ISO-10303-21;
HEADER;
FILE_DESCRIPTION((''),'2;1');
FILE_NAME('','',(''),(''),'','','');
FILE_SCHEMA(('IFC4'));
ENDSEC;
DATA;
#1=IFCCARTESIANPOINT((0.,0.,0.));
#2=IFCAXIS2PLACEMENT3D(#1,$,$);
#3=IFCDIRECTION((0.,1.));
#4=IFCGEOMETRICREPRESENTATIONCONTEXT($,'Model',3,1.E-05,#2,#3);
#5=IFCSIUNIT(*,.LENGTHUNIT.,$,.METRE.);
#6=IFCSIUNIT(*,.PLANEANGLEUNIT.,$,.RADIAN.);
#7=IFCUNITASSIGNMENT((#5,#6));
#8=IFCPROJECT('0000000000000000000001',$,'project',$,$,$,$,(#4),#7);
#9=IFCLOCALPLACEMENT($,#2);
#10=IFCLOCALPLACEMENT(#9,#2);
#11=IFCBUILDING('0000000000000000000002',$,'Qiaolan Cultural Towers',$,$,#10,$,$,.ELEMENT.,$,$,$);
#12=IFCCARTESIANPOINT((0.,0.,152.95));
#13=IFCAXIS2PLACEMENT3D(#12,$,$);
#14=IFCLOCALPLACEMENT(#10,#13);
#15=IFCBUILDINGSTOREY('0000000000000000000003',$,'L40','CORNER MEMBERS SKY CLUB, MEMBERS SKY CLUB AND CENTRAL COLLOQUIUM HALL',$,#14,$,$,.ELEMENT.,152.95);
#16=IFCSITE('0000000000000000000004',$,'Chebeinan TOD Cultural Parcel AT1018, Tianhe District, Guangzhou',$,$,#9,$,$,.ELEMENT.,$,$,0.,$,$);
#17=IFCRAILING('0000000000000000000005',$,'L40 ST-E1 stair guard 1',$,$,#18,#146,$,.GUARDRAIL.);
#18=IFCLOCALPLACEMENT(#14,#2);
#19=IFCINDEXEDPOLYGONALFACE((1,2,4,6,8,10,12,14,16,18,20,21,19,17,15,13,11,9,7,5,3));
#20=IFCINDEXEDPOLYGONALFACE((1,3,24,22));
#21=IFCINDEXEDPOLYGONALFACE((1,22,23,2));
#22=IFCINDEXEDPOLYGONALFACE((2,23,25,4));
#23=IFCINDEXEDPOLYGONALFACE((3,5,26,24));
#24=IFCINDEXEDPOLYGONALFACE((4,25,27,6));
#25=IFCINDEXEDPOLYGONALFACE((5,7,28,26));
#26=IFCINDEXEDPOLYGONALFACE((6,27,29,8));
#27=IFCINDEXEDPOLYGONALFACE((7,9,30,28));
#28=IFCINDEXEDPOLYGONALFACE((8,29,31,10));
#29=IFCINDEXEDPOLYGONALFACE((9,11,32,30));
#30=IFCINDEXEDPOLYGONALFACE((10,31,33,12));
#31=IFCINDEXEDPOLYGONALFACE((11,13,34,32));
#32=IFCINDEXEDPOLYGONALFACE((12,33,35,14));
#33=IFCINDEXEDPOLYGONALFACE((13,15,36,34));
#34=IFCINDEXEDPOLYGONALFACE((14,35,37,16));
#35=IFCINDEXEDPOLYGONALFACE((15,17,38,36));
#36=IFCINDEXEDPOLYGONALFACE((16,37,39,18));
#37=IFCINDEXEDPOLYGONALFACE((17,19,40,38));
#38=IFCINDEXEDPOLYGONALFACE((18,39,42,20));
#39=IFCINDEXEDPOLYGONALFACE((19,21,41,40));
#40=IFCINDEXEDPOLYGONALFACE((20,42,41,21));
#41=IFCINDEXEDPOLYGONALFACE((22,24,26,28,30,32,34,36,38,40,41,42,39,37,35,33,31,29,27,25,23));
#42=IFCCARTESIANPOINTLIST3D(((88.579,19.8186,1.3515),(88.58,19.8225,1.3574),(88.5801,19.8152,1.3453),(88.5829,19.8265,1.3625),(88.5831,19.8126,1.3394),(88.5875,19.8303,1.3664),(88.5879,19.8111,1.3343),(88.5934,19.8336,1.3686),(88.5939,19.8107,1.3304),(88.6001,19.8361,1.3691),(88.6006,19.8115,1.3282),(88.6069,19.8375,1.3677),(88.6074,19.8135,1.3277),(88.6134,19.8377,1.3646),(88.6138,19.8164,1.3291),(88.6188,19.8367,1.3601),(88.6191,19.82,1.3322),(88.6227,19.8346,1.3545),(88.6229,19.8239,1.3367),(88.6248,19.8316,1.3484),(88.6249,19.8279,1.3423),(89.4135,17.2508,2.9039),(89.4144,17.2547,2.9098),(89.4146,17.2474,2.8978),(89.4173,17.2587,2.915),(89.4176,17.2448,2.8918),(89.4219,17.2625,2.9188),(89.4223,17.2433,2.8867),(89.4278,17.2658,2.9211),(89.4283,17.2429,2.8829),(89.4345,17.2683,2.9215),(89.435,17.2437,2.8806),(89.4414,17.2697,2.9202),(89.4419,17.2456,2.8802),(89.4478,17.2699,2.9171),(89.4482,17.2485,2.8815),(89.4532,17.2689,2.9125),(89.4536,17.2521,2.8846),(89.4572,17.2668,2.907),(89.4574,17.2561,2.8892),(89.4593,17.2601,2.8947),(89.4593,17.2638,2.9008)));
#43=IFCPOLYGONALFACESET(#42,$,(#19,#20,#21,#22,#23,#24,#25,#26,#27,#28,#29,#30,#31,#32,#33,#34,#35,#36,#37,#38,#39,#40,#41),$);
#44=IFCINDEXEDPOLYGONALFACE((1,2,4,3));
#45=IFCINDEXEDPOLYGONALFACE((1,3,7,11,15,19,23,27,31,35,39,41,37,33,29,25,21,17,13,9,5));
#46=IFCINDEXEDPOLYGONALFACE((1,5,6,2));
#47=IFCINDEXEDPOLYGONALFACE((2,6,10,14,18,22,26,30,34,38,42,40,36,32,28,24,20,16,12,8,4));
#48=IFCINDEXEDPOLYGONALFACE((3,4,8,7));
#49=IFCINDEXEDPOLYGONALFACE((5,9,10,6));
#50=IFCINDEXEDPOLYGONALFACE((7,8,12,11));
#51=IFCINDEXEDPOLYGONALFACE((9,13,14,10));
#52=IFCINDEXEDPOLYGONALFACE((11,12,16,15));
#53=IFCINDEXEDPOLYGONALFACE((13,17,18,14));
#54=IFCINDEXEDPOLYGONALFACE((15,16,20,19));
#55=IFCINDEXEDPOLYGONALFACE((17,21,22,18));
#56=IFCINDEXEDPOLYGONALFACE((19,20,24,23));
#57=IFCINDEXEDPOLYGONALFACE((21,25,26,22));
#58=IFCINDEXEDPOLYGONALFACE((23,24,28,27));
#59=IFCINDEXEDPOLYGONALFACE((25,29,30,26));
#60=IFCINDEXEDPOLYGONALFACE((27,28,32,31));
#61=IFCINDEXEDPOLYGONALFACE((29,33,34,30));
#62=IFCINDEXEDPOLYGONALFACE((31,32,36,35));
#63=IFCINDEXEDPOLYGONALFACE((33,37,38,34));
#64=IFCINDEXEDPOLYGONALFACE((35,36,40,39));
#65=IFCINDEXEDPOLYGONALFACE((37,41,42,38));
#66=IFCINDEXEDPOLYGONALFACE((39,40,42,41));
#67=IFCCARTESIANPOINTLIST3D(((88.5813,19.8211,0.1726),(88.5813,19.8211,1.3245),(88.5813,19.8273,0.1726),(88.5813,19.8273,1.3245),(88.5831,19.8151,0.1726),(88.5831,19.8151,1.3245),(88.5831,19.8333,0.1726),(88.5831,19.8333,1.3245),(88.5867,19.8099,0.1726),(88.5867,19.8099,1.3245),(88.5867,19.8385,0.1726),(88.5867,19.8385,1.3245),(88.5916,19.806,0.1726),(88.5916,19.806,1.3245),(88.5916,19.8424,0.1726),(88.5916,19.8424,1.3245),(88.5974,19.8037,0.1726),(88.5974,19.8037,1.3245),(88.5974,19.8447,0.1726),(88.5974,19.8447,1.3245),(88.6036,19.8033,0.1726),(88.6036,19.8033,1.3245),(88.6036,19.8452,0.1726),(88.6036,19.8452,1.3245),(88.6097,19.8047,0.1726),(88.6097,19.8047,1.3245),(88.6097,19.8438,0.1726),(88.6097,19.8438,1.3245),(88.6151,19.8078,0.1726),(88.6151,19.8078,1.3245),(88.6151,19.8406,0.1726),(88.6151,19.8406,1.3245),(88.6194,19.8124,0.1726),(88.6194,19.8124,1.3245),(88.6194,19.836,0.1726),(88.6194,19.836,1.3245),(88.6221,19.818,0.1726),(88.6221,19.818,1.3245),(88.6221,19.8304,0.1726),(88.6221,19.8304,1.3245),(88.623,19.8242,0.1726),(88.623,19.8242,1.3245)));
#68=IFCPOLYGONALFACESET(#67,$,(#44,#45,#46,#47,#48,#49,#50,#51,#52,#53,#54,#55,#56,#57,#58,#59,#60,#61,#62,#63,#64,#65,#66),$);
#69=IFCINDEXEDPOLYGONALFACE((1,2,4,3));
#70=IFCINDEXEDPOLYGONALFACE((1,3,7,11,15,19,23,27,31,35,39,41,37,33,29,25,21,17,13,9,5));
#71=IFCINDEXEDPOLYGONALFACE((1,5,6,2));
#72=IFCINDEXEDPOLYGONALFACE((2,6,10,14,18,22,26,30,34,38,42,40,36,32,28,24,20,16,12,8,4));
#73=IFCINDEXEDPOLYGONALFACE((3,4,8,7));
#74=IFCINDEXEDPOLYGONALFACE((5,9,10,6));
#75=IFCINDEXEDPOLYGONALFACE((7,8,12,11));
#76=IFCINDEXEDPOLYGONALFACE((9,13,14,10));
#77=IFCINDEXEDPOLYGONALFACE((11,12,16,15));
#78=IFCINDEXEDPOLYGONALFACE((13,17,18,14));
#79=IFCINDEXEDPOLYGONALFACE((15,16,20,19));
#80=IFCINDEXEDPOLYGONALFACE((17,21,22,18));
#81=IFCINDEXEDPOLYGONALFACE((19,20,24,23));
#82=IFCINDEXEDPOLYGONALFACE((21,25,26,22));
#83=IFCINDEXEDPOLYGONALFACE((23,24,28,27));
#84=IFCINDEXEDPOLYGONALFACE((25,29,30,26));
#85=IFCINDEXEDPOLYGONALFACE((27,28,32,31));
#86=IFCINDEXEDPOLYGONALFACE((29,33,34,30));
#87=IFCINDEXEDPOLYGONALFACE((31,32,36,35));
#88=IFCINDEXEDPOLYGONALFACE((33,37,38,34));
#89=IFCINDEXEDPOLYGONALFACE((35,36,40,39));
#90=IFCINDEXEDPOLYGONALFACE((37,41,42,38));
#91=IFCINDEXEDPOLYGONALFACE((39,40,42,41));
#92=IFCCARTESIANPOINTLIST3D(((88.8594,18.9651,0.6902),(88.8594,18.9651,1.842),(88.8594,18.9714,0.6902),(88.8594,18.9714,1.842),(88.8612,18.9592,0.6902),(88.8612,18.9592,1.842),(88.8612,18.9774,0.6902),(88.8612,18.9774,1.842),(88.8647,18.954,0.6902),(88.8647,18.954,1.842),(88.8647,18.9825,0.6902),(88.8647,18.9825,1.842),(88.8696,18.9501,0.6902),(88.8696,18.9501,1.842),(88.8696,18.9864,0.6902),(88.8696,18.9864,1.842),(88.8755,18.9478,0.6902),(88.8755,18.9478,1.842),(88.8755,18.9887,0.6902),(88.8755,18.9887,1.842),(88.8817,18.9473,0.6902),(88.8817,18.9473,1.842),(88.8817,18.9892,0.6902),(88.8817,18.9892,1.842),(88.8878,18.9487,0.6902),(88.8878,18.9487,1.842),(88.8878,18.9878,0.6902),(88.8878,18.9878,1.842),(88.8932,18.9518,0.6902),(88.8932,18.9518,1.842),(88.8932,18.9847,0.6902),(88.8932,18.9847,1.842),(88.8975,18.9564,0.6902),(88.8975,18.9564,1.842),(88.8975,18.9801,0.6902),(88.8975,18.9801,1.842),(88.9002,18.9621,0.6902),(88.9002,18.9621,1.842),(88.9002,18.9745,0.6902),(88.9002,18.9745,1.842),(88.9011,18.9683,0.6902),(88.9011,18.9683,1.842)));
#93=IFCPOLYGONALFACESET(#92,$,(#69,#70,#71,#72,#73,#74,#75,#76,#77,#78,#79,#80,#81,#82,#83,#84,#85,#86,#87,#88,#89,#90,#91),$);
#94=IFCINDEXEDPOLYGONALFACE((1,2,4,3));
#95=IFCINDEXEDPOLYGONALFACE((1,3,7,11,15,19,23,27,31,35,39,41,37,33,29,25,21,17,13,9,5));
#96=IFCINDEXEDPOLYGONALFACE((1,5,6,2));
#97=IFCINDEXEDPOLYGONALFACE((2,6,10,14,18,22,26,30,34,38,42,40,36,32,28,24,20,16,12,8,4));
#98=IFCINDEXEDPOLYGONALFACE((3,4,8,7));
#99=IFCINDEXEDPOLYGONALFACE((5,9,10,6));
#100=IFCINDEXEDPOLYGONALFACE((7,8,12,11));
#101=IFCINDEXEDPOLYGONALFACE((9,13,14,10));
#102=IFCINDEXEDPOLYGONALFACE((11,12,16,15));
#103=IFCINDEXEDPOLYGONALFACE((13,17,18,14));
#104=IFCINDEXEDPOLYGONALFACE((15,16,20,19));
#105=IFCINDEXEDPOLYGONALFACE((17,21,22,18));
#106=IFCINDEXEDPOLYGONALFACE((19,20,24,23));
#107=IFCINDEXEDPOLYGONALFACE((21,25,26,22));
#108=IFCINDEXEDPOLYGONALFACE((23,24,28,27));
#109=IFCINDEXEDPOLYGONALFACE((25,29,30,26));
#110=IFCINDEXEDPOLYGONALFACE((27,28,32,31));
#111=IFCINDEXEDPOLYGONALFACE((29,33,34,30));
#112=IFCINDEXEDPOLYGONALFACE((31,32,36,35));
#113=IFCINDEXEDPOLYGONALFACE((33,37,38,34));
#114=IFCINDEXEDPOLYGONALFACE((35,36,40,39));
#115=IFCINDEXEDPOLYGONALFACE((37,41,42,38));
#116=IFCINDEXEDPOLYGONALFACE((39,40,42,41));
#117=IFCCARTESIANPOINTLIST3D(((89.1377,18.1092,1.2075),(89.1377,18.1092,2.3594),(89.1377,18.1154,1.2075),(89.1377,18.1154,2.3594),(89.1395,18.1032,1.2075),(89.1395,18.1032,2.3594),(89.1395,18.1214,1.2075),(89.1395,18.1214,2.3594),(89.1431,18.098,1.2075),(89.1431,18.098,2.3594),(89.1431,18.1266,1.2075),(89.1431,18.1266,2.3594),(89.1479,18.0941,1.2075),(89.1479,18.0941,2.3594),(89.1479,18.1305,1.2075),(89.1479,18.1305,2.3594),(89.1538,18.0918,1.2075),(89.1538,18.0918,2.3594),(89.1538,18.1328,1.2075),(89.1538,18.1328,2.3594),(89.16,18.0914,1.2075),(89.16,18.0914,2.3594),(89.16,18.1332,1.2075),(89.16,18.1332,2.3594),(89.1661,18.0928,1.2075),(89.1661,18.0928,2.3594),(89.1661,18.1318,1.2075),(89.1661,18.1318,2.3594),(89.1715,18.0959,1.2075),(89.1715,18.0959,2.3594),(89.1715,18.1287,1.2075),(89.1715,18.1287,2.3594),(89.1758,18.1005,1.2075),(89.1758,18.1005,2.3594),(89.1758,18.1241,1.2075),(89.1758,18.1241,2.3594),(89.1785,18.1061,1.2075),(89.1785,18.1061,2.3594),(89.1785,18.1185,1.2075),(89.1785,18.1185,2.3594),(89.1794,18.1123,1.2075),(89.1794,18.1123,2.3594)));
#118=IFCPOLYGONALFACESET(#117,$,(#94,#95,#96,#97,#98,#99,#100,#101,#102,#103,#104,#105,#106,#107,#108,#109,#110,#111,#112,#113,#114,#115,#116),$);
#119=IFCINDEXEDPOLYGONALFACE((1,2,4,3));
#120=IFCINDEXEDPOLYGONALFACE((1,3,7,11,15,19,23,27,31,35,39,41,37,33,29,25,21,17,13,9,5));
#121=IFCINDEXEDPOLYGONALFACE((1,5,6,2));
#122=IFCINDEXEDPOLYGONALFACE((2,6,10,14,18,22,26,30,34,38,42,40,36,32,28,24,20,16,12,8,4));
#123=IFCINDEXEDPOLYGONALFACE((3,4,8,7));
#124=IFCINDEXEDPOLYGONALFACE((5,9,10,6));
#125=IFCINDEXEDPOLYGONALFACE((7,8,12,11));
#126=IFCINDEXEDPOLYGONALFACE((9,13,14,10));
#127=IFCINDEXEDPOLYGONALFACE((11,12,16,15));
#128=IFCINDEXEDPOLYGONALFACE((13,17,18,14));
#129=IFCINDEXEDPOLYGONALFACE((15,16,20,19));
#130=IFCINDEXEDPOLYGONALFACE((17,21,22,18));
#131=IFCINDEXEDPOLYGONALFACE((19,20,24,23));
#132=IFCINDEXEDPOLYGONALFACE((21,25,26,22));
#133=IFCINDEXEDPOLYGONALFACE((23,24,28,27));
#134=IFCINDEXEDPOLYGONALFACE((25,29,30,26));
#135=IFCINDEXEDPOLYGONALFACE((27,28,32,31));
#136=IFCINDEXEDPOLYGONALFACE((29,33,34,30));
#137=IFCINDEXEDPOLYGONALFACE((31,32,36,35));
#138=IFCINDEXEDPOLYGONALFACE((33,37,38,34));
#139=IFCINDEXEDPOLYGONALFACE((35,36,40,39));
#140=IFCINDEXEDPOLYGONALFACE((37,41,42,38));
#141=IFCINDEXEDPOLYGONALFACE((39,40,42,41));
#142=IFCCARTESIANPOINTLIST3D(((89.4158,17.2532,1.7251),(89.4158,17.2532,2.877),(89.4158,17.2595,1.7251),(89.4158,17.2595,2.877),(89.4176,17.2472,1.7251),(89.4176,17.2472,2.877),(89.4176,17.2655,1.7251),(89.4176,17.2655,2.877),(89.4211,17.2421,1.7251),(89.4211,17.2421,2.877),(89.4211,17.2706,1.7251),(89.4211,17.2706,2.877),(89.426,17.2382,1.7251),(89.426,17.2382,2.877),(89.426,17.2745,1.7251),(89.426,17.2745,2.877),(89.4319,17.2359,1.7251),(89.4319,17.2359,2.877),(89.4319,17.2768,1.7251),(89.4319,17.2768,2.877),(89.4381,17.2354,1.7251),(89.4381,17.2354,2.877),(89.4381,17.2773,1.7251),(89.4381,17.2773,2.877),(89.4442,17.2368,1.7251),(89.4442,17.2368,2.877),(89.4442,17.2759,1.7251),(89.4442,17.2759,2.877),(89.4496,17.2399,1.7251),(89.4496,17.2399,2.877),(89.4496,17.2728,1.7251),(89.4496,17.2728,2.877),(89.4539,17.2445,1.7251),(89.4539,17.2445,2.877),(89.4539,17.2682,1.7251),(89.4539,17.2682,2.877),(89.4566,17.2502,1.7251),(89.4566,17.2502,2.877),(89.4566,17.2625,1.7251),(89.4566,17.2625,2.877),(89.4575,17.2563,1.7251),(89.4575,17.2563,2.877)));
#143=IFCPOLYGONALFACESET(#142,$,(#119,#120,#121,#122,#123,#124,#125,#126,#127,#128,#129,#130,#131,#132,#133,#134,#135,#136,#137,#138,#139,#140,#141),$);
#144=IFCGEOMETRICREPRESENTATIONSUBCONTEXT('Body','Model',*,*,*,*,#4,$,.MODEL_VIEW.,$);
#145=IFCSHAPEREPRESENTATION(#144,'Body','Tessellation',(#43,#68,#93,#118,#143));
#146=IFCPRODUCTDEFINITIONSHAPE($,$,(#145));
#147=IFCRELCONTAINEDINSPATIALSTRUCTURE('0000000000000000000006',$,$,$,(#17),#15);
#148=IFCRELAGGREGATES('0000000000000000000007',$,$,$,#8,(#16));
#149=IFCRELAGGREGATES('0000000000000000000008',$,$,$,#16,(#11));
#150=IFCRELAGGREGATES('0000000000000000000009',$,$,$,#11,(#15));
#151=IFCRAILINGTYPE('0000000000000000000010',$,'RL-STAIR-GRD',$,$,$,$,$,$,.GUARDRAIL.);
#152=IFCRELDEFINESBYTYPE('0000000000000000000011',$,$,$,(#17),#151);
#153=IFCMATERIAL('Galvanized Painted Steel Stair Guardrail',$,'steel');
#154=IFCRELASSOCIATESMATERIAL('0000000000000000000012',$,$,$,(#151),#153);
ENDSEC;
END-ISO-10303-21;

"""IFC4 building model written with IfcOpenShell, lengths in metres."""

from ifc_helpers import new_model, si_unit, direction, frame, origin, origin_2d, place, context, subcontext, project, spatial, circle, extrude, material, type_object, element, save


model = new_model("IFC4")

# Units and contexts
model_context = context("Model", 3, precision=1e-05, world=origin(), true_north=direction((0.0, 1.0)))
body_context = subcontext(model_context, "Body", "Model", "MODEL_VIEW")
ifc_project = project(units=[si_unit("LENGTHUNIT", "METRE"), si_unit("PLANEANGLEUNIT", "RADIAN")], contexts=[model_context])

# Site, building, storey
site_placement = place(None, origin())
site = spatial("IfcSite", under=ifc_project, at=site_placement, Name="Chebeinan TOD Cultural Parcel AT1018, Tianhe District, Guangzhou", CompositionType="ELEMENT", RefElevation=0.0)
building_placement = place(site_placement, origin())
building = spatial("IfcBuilding", under=site, at=building_placement, Name="Qiaolan Cultural Towers", CompositionType="ELEMENT")
storey_placement = place(building_placement, frame((0.0, 0.0, 152.95)))
storey = spatial("IfcBuildingStorey", under=building, at=storey_placement, Name="L40", Description="CORNER MEMBERS SKY CLUB, MEMBERS SKY CLUB AND CENTRAL COLLOQUIUM HALL", CompositionType="ELEMENT", Elevation=152.95)

# Railing
ifc_material_1 = material(Name="Galvanized Painted Steel Stair Guardrail", Category="steel")
railing_type_1 = type_object("IfcRailingType", Name="RL-STAIR-GRD", PredefinedType="GUARDRAIL", material=ifc_material_1)
railing_1_placement = place(storey_placement, frame((88.6021, 19.8242, 0.1726)))
element("IfcRailing", 1, at=railing_1_placement, inside=storey, type_object=railing_type_1, Name="L40 ST-E1 stair guard 1", PredefinedType="GUARDRAIL", context=body_context, shape_type="SweptSolid", body=[
    extrude(circle(Radius=0.0239, at=origin_2d()), frame((0.0, 0.0, 1.1758), z_axis=(0.267926, -0.824471, 0.498461), x_axis=(0.951043, 0.309057, 0.0)), (0.0, 0.0, 1.0), 3.1145),
    extrude(circle(Radius=0.021, at=origin_2d()), origin(), (0.0, 0.0, 1.0), 1.1519),
    extrude(circle(Radius=0.021, at=origin_2d()), frame((0.2781, -0.856, 0.5176)), (0.0, 0.0, 1.0), 1.1519),
    extrude(circle(Radius=0.021, at=origin_2d()), frame((0.5564, -1.7119, 1.0349)), (0.0, 0.0, 1.0), 1.1519),
    extrude(circle(Radius=0.021, at=origin_2d()), frame((0.8345, -2.5679, 1.5525)), (0.0, 0.0, 1.0), 1.1519),
])

save(model, "model.ifc")
